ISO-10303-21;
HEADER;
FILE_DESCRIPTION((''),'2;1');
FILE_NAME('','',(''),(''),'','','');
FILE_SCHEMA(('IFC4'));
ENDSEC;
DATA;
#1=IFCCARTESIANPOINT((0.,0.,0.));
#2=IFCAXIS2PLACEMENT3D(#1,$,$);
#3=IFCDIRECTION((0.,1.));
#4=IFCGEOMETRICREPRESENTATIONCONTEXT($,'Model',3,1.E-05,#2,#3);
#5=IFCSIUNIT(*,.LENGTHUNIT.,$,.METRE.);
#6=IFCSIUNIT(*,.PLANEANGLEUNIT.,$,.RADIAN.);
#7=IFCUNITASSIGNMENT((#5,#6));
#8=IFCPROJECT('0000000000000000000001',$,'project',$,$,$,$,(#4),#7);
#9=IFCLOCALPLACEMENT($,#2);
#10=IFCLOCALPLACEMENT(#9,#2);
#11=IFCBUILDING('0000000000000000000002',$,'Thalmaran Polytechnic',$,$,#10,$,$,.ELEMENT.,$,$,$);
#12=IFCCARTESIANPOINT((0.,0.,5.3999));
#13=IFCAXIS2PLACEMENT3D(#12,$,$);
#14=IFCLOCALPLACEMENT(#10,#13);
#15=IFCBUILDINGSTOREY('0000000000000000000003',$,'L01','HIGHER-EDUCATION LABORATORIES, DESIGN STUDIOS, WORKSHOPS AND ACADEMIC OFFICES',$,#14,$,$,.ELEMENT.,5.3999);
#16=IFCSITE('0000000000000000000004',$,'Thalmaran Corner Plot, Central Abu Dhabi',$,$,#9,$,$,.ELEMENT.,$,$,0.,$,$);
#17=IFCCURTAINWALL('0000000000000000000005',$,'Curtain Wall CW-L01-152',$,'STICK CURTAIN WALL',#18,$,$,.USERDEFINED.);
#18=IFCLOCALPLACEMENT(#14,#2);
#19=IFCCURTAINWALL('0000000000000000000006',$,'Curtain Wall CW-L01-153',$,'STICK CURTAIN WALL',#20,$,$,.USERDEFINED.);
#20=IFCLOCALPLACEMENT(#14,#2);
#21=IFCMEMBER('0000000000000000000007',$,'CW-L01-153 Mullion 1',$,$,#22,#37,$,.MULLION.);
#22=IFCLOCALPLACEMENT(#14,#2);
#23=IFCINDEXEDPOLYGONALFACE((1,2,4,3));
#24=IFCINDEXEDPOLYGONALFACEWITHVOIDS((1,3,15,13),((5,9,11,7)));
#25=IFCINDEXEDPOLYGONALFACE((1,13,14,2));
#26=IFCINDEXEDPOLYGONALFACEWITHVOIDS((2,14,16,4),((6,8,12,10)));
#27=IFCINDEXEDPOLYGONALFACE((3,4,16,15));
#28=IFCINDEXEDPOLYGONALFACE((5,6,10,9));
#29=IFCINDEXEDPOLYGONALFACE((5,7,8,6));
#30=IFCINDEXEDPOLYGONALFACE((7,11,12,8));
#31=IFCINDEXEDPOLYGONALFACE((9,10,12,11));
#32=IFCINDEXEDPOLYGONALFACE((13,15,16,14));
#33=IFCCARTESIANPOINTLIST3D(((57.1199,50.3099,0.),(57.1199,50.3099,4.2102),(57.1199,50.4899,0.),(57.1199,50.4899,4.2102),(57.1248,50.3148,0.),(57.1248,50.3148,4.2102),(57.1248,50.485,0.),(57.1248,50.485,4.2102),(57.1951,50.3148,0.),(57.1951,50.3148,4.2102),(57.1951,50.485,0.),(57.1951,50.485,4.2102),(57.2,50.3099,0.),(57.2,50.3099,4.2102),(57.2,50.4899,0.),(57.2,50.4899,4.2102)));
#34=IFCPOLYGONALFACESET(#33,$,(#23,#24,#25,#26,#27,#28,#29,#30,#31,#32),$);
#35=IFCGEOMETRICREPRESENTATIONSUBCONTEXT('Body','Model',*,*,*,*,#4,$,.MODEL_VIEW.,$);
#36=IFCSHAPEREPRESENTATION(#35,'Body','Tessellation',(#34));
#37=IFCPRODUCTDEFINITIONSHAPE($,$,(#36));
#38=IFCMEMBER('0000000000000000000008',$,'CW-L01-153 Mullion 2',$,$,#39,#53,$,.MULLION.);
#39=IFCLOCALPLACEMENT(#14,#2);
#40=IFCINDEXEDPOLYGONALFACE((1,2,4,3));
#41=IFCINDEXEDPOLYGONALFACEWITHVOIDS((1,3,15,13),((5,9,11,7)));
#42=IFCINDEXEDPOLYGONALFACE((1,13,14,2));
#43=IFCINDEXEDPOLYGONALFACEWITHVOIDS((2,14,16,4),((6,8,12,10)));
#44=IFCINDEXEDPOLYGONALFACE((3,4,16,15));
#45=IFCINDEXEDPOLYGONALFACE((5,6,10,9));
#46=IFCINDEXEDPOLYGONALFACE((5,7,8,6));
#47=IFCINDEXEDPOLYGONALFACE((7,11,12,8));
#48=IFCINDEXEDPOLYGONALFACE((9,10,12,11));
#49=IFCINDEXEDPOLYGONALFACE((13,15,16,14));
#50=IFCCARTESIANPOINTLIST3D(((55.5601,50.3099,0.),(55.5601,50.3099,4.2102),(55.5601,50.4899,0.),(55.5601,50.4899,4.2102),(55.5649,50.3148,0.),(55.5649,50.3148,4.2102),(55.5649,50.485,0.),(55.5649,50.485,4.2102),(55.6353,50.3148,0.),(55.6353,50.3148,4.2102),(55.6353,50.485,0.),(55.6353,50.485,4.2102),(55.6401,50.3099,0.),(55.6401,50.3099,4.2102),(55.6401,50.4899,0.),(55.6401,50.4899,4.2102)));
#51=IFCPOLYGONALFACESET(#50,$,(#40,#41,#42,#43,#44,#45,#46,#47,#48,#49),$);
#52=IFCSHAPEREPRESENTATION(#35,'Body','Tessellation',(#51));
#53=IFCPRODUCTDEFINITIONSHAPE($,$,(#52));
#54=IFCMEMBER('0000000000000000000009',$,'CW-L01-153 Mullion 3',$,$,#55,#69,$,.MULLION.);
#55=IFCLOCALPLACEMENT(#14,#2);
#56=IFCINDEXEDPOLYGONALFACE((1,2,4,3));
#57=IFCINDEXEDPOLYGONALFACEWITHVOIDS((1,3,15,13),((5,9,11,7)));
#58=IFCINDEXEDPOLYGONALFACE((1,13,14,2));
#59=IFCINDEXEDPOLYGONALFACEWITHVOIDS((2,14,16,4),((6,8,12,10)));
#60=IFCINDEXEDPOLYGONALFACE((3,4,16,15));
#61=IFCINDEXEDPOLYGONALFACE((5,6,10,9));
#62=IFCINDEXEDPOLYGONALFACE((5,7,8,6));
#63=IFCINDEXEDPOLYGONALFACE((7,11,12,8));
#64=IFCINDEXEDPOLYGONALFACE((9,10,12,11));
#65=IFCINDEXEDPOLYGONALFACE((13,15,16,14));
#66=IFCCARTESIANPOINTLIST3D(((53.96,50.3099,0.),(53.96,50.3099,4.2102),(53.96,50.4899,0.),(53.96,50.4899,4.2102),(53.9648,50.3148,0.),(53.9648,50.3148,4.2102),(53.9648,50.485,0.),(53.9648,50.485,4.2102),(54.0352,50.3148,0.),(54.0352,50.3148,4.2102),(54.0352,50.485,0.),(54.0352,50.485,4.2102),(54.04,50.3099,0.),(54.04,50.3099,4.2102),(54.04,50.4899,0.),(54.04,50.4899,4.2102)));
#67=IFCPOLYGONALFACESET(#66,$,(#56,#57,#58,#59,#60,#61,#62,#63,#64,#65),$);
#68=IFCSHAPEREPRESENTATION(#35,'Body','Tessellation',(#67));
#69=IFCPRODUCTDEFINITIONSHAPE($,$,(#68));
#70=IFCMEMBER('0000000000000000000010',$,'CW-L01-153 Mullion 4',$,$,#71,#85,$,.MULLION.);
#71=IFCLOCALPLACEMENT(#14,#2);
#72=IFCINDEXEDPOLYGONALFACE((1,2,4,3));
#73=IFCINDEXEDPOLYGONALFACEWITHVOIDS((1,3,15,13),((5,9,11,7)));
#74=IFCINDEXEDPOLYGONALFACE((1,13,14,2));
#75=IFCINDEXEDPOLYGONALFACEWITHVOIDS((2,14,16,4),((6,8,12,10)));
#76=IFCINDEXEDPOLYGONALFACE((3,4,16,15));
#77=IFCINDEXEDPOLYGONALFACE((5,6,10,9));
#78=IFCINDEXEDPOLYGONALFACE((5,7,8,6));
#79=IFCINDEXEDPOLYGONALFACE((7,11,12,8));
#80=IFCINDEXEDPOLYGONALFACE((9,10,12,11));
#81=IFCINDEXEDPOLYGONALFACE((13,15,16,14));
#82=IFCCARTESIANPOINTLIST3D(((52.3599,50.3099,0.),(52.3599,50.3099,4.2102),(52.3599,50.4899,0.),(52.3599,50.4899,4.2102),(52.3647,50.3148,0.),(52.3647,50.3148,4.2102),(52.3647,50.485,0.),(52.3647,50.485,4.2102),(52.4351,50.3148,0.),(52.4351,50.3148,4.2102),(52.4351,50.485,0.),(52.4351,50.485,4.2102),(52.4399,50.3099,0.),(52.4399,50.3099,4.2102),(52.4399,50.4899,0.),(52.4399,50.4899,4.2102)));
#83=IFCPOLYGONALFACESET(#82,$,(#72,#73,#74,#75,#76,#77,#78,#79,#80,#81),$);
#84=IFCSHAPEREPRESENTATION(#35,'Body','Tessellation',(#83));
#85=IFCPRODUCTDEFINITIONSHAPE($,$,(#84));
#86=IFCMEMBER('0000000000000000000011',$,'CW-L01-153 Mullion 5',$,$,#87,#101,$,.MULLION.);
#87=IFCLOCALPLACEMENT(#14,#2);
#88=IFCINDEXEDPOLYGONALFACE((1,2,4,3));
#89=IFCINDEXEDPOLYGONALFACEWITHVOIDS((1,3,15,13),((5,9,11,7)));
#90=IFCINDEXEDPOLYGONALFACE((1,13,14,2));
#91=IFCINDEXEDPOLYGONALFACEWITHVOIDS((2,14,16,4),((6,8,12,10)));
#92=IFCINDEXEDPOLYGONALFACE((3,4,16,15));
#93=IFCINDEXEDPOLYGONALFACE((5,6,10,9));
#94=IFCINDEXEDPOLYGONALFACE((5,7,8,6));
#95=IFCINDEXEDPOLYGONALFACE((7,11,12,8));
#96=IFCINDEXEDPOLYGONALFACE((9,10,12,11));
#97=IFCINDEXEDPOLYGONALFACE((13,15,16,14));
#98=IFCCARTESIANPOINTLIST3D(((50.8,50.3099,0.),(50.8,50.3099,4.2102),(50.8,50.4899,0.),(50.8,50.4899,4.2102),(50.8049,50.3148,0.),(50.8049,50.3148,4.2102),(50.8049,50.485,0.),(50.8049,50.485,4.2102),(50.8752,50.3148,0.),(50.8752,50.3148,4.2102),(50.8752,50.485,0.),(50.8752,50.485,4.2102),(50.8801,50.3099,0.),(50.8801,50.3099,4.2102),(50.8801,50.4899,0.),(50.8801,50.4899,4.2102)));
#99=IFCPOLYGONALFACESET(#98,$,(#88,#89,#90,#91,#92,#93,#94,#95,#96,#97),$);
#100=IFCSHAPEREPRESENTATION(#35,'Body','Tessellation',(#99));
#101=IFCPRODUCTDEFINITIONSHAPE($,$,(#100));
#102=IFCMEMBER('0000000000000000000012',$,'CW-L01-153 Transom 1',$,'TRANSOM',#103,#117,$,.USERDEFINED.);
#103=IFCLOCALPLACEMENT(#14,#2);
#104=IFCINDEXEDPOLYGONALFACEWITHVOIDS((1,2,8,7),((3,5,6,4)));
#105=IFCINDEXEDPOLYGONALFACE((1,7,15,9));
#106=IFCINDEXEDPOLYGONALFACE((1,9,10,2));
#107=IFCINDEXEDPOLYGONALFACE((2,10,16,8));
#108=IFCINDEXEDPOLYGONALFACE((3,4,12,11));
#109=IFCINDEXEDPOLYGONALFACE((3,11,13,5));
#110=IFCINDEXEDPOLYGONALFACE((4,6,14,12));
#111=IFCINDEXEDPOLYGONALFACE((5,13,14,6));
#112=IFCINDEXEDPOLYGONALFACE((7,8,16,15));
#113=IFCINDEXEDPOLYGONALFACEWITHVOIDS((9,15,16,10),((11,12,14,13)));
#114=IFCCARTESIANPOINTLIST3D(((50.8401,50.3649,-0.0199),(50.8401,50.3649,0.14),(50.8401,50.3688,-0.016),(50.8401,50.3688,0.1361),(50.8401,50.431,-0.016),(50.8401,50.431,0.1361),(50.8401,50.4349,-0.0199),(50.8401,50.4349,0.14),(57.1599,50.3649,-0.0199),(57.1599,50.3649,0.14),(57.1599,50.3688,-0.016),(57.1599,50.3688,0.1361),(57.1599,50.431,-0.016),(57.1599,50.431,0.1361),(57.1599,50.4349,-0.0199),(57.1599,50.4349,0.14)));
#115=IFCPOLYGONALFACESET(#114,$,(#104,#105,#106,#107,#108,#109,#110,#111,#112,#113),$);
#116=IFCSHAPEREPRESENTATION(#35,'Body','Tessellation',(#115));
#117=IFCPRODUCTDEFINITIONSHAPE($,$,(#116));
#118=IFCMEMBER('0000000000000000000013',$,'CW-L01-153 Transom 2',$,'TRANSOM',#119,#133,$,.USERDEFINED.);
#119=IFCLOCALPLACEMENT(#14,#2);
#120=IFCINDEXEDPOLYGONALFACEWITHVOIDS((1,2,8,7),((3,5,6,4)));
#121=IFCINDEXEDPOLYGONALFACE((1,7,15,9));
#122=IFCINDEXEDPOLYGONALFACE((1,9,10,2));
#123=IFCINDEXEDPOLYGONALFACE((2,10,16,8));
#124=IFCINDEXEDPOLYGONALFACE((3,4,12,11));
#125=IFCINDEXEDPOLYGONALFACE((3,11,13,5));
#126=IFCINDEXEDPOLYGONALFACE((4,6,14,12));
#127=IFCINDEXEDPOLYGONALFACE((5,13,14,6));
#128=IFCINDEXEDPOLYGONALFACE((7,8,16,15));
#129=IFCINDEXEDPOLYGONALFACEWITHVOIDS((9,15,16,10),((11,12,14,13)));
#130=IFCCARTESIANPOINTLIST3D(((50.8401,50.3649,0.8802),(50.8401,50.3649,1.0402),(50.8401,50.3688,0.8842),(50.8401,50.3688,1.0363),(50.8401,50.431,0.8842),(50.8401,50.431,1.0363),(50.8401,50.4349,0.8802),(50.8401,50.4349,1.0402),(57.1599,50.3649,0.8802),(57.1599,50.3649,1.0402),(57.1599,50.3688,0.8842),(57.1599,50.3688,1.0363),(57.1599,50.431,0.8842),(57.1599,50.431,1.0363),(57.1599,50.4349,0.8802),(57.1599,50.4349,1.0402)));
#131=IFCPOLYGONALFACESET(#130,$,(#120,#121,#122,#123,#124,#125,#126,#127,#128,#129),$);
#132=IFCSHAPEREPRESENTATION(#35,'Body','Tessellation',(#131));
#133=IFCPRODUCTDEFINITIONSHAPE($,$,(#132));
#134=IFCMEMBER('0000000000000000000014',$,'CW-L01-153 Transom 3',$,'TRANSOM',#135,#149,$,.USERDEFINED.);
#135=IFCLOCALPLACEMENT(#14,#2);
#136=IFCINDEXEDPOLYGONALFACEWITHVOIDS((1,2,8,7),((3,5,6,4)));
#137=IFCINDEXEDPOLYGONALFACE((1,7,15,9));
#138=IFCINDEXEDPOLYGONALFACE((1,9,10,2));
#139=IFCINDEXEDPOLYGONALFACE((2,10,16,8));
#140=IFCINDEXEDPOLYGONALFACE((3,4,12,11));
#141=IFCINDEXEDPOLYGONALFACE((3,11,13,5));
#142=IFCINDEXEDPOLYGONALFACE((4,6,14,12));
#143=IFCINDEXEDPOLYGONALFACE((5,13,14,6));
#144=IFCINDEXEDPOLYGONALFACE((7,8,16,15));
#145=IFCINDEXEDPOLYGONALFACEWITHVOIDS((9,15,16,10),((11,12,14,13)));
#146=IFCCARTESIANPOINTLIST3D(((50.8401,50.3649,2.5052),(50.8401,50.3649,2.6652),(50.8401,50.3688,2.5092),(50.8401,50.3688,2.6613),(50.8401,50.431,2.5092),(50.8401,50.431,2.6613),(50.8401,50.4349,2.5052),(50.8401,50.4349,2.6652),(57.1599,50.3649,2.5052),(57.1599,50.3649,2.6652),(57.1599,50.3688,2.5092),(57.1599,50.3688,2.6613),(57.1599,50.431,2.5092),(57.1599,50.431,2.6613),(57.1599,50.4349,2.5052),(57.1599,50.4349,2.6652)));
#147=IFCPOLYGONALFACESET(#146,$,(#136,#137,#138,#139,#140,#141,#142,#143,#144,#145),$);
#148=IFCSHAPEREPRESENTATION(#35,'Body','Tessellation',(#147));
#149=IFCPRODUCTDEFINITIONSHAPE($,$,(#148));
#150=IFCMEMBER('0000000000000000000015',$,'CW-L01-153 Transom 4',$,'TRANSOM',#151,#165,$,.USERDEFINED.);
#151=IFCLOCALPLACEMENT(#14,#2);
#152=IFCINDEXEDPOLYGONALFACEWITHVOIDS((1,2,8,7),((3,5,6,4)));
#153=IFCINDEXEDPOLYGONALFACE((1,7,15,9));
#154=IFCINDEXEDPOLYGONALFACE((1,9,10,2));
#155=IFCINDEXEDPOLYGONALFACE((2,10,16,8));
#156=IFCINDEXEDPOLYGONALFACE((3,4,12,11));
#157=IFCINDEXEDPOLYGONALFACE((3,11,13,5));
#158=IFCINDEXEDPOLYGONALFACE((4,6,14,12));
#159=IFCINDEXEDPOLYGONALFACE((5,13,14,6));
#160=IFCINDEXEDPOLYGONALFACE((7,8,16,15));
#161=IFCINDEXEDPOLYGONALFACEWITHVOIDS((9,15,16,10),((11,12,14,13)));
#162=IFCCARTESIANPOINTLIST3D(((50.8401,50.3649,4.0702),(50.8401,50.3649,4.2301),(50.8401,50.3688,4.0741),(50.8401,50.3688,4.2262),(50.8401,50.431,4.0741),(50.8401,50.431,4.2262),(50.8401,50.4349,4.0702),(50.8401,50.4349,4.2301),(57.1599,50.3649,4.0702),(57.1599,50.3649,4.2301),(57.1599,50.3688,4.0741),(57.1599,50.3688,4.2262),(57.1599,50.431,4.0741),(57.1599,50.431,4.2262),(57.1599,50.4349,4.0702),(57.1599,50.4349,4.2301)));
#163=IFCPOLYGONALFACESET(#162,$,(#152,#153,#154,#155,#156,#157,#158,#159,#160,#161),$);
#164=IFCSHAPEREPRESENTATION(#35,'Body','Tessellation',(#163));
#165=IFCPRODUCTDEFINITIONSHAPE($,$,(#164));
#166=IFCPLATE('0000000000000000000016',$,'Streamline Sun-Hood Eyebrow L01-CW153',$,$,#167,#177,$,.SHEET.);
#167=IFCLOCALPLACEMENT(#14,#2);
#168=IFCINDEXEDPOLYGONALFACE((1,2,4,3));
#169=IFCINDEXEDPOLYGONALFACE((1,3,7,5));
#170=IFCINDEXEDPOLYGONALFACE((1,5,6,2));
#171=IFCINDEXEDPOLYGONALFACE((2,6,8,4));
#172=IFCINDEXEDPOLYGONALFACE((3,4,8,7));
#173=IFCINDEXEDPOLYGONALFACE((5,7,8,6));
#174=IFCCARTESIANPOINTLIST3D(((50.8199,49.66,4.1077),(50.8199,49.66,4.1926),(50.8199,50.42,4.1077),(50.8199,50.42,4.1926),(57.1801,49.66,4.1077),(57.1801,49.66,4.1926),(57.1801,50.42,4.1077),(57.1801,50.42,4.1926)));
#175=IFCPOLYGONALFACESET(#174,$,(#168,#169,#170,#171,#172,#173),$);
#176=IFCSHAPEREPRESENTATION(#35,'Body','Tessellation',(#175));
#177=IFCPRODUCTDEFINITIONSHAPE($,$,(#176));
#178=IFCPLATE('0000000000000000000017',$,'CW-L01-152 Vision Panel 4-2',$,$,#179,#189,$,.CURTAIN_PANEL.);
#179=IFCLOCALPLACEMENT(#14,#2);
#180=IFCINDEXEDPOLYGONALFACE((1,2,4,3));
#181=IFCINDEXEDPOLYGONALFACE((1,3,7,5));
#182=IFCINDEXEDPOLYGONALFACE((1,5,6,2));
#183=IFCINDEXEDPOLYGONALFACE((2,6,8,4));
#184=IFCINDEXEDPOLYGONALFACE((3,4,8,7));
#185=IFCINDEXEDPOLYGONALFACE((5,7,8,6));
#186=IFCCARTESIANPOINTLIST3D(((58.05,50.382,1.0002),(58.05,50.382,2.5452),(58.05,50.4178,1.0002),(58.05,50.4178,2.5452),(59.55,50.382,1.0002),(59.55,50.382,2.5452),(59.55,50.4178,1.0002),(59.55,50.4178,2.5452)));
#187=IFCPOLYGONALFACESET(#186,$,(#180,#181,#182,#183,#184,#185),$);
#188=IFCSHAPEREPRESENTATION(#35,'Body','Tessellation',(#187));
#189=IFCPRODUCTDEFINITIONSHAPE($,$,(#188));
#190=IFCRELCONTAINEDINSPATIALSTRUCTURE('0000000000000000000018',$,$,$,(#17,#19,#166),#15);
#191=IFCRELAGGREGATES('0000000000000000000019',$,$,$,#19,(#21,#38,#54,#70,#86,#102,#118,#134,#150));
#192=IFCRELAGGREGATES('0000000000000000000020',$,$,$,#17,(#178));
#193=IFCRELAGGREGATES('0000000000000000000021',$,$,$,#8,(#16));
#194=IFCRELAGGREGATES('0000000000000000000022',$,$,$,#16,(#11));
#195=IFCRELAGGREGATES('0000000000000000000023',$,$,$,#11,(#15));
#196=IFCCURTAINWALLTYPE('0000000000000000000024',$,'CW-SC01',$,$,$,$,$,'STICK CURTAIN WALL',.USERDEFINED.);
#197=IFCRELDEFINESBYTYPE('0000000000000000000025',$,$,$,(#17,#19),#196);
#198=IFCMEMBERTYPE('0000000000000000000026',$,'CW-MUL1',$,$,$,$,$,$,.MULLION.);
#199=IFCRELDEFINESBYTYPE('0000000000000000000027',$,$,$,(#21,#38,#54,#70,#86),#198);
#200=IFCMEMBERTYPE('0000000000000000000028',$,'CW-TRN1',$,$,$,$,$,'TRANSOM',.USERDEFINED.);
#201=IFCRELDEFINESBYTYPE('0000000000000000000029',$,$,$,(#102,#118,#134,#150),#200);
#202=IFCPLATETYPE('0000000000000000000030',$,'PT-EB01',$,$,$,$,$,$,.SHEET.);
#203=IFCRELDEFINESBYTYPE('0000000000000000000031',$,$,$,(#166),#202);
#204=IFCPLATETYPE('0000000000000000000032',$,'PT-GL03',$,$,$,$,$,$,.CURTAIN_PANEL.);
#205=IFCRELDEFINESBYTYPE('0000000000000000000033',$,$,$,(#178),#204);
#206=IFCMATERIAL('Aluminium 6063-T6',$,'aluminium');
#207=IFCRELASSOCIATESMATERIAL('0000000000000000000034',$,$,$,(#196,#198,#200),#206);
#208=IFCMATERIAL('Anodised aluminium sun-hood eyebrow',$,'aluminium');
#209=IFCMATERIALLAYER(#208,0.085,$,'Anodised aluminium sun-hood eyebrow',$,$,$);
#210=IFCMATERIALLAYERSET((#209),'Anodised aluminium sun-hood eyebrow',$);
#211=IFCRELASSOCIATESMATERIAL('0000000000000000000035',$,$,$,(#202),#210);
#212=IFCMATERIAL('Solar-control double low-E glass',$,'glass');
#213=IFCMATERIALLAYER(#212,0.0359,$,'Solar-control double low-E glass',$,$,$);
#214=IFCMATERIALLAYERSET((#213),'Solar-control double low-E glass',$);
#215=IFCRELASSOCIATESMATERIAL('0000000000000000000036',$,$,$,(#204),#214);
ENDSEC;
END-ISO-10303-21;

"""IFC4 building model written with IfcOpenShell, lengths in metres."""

from ifc_helpers import new_model, si_unit, direction, frame, origin, origin_2d, place, context, subcontext, project, spatial, rectangle, hollow_rectangle, extrude, material, layer, layer_set, material_profile, profile_set, type_object, element, aggregate, save


model = new_model("IFC4")

# Units and contexts
model_context = context("Model", 3, precision=1e-05, world=origin(), true_north=direction((0.0, 1.0)))
body_context = subcontext(model_context, "Body", "Model", "MODEL_VIEW")
ifc_project = project(units=[si_unit("LENGTHUNIT", "METRE"), si_unit("PLANEANGLEUNIT", "RADIAN")], contexts=[model_context])

# Site, building, storey
site_placement = place(None, origin())
site = spatial("IfcSite", under=ifc_project, at=site_placement, Name="Thalmaran Corner Plot, Central Abu Dhabi", CompositionType="ELEMENT", RefElevation=0.0)
building_placement = place(site_placement, origin())
building = spatial("IfcBuilding", under=site, at=building_placement, Name="Thalmaran Polytechnic", CompositionType="ELEMENT")
storey_placement = place(building_placement, frame((0.0, 0.0, 5.3999)))
storey = spatial("IfcBuildingStorey", under=building, at=storey_placement, Name="L01", Description="HIGHER-EDUCATION LABORATORIES, DESIGN STUDIOS, WORKSHOPS AND ACADEMIC OFFICES", CompositionType="ELEMENT", Elevation=5.3999)

# Curtain walls, members
ifc_material_1 = material(Name="Aluminium 6063-T6", Category="aluminium")
curtain_wall_type = type_object("IfcCurtainWallType", Name="CW-SC01", ElementType="STICK CURTAIN WALL", PredefinedType="USERDEFINED", material=ifc_material_1)
curtain_wall_1_placement = place(storey_placement, origin())
curtain_wall_1 = element("IfcCurtainWall", 1, at=curtain_wall_1_placement, inside=storey, type_object=curtain_wall_type, Name="Curtain Wall CW-L01-152", ObjectType="STICK CURTAIN WALL", PredefinedType="USERDEFINED")
ifc_material_profile_1 = material_profile(ifc_material_1, hollow_rectangle(XDim=0.0801, YDim=0.1799, WallThickness=0.0049, at=origin_2d()), Name="RHS 180x80x5.0")
ifc_profile_set_1 = profile_set([ifc_material_profile_1], Name="Aluminium 6063-T6")
member_type_1 = type_object("IfcMemberType", Name="CW-MUL1", PredefinedType="MULLION", material=ifc_profile_set_1)
curtain_wall_2_placement = place(storey_placement, origin())
curtain_wall_2 = element("IfcCurtainWall", 2, at=curtain_wall_2_placement, inside=storey, type_object=curtain_wall_type, Name="Curtain Wall CW-L01-153", ObjectType="STICK CURTAIN WALL", PredefinedType="USERDEFINED")
member_1_placement = place(storey_placement, frame((57.1599, 50.3999, 0.0), z_axis=(0.0, 0.0, 1.0), x_axis=(1.0, 0.0, 0.0)))
member_1 = element("IfcMember", 3, at=member_1_placement, type_object=member_type_1, Name="CW-L01-153 Mullion 1", PredefinedType="MULLION", context=body_context, shape_type="SweptSolid", body=[
    extrude(hollow_rectangle(XDim=0.0801, YDim=0.1799, WallThickness=0.0049, at=origin_2d()), origin(), (0.0, 0.0, 1.0), 4.2102),
])
member_2_placement = place(storey_placement, frame((55.6001, 50.3999, 0.0), z_axis=(0.0, 0.0, 1.0), x_axis=(1.0, 0.0, 0.0)))
member_2 = element("IfcMember", 4, at=member_2_placement, type_object=member_type_1, Name="CW-L01-153 Mullion 2", PredefinedType="MULLION", context=body_context, shape_type="SweptSolid", body=[
    extrude(hollow_rectangle(XDim=0.0801, YDim=0.1799, WallThickness=0.0049, at=origin_2d()), origin(), (0.0, 0.0, 1.0), 4.2102),
])
member_3_placement = place(storey_placement, frame((54.0, 50.3999, 0.0), z_axis=(0.0, 0.0, 1.0), x_axis=(1.0, 0.0, 0.0)))
member_3 = element("IfcMember", 5, at=member_3_placement, type_object=member_type_1, Name="CW-L01-153 Mullion 3", PredefinedType="MULLION", context=body_context, shape_type="SweptSolid", body=[
    extrude(hollow_rectangle(XDim=0.0801, YDim=0.1799, WallThickness=0.0049, at=origin_2d()), origin(), (0.0, 0.0, 1.0), 4.2102),
])
member_4_placement = place(storey_placement, frame((52.3999, 50.3999, 0.0), z_axis=(0.0, 0.0, 1.0), x_axis=(1.0, 0.0, 0.0)))
member_4 = element("IfcMember", 6, at=member_4_placement, type_object=member_type_1, Name="CW-L01-153 Mullion 4", PredefinedType="MULLION", context=body_context, shape_type="SweptSolid", body=[
    extrude(hollow_rectangle(XDim=0.0801, YDim=0.1799, WallThickness=0.0049, at=origin_2d()), origin(), (0.0, 0.0, 1.0), 4.2102),
])
member_5_placement = place(storey_placement, frame((50.8401, 50.3999, 0.0), z_axis=(0.0, 0.0, 1.0), x_axis=(1.0, 0.0, 0.0)))
member_5 = element("IfcMember", 7, at=member_5_placement, type_object=member_type_1, Name="CW-L01-153 Mullion 5", PredefinedType="MULLION", context=body_context, shape_type="SweptSolid", body=[
    extrude(hollow_rectangle(XDim=0.0801, YDim=0.1799, WallThickness=0.0049, at=origin_2d()), origin(), (0.0, 0.0, 1.0), 4.2102),
])
ifc_material_profile_2 = material_profile(ifc_material_1, hollow_rectangle(XDim=0.0701, YDim=0.1599, WallThickness=0.0039, at=origin_2d()), Name="AL 160x70x4.0")
ifc_profile_set_2 = profile_set([ifc_material_profile_2], Name="Aluminium 6063-T6")
member_type_2 = type_object("IfcMemberType", Name="CW-TRN1", ElementType="TRANSOM", PredefinedType="USERDEFINED", material=ifc_profile_set_2)
member_6_placement = place(storey_placement, frame((57.1599, 50.3999, 0.0601), z_axis=(-1.0, 0.0, 0.0), x_axis=(0.0, -1.0, 0.0)))
member_6 = element("IfcMember", 8, at=member_6_placement, type_object=member_type_2, Name="CW-L01-153 Transom 1", ObjectType="TRANSOM", PredefinedType="USERDEFINED", context=body_context, shape_type="SweptSolid", body=[
    extrude(hollow_rectangle(XDim=0.0701, YDim=0.1599, WallThickness=0.0039, at=origin_2d()), origin(), (0.0, 0.0, 1.0), 6.3198),
])
member_7_placement = place(storey_placement, frame((57.1599, 50.3999, 0.9602), z_axis=(-1.0, 0.0, 0.0), x_axis=(0.0, -1.0, 0.0)))
member_7 = element("IfcMember", 9, at=member_7_placement, type_object=member_type_2, Name="CW-L01-153 Transom 2", ObjectType="TRANSOM", PredefinedType="USERDEFINED", context=body_context, shape_type="SweptSolid", body=[
    extrude(hollow_rectangle(XDim=0.0701, YDim=0.1599, WallThickness=0.0039, at=origin_2d()), origin(), (0.0, 0.0, 1.0), 6.3198),
])
member_8_placement = place(storey_placement, frame((57.1599, 50.3999, 2.5852), z_axis=(-1.0, 0.0, 0.0), x_axis=(0.0, -1.0, 0.0)))
member_8 = element("IfcMember", 10, at=member_8_placement, type_object=member_type_2, Name="CW-L01-153 Transom 3", ObjectType="TRANSOM", PredefinedType="USERDEFINED", context=body_context, shape_type="SweptSolid", body=[
    extrude(hollow_rectangle(XDim=0.0701, YDim=0.1599, WallThickness=0.0039, at=origin_2d()), origin(), (0.0, 0.0, 1.0), 6.3198),
])
member_9_placement = place(storey_placement, frame((57.1599, 50.3999, 4.1501), z_axis=(-1.0, 0.0, 0.0), x_axis=(0.0, -1.0, 0.0)))
member_9 = element("IfcMember", 11, at=member_9_placement, type_object=member_type_2, Name="CW-L01-153 Transom 4", ObjectType="TRANSOM", PredefinedType="USERDEFINED", context=body_context, shape_type="SweptSolid", body=[
    extrude(hollow_rectangle(XDim=0.0701, YDim=0.1599, WallThickness=0.0039, at=origin_2d()), origin(), (0.0, 0.0, 1.0), 6.3198),
])

# Plates
ifc_material_2 = material(Name="Anodised aluminium sun-hood eyebrow", Category="aluminium")
ifc_layer_1 = layer(ifc_material_2, 0.085, Name="Anodised aluminium sun-hood eyebrow")
ifc_layer_set_1 = layer_set([ifc_layer_1], Name="Anodised aluminium sun-hood eyebrow")
plate_type_1 = type_object("IfcPlateType", Name="PT-EB01", PredefinedType="SHEET", material=ifc_layer_set_1)
plate_1_placement = place(storey_placement, frame((54.0, 50.04, 4.1077), z_axis=(0.0, 0.0, 1.0), x_axis=(-1.0, 0.0, 0.0)))
element("IfcPlate", 12, at=plate_1_placement, inside=storey, type_object=plate_type_1, Name="Streamline Sun-Hood Eyebrow L01-CW153", PredefinedType="SHEET", context=body_context, shape_type="SweptSolid", body=[
    extrude(rectangle(XDim=6.3601, YDim=0.76, at=origin_2d()), origin(), (0.0, 0.0, 1.0), 0.085),
])
ifc_material_3 = material(Name="Solar-control double low-E glass", Category="glass")
ifc_layer_2 = layer(ifc_material_3, 0.0359, Name="Solar-control double low-E glass")
ifc_layer_set_2 = layer_set([ifc_layer_2], Name="Solar-control double low-E glass")
plate_type_2 = type_object("IfcPlateType", Name="PT-GL03", PredefinedType="CURTAIN_PANEL", material=ifc_layer_set_2)
plate_2_placement = place(storey_placement, frame((58.8, 50.3999, 1.0002), z_axis=(0.0, 0.0, 1.0), x_axis=(-1.0, 0.0, 0.0)))
plate_2 = element("IfcPlate", 13, at=plate_2_placement, type_object=plate_type_2, Name="CW-L01-152 Vision Panel 4-2", PredefinedType="CURTAIN_PANEL", context=body_context, shape_type="SweptSolid", body=[
    extrude(rectangle(XDim=1.5, YDim=0.0359, at=origin_2d()), origin(), (0.0, 0.0, 1.0), 1.5449),
])
aggregate(curtain_wall_2, [member_1, member_2, member_3, member_4, member_5, member_6, member_7, member_8, member_9])
aggregate(curtain_wall_1, [plate_2])

save(model, "model.ifc")
